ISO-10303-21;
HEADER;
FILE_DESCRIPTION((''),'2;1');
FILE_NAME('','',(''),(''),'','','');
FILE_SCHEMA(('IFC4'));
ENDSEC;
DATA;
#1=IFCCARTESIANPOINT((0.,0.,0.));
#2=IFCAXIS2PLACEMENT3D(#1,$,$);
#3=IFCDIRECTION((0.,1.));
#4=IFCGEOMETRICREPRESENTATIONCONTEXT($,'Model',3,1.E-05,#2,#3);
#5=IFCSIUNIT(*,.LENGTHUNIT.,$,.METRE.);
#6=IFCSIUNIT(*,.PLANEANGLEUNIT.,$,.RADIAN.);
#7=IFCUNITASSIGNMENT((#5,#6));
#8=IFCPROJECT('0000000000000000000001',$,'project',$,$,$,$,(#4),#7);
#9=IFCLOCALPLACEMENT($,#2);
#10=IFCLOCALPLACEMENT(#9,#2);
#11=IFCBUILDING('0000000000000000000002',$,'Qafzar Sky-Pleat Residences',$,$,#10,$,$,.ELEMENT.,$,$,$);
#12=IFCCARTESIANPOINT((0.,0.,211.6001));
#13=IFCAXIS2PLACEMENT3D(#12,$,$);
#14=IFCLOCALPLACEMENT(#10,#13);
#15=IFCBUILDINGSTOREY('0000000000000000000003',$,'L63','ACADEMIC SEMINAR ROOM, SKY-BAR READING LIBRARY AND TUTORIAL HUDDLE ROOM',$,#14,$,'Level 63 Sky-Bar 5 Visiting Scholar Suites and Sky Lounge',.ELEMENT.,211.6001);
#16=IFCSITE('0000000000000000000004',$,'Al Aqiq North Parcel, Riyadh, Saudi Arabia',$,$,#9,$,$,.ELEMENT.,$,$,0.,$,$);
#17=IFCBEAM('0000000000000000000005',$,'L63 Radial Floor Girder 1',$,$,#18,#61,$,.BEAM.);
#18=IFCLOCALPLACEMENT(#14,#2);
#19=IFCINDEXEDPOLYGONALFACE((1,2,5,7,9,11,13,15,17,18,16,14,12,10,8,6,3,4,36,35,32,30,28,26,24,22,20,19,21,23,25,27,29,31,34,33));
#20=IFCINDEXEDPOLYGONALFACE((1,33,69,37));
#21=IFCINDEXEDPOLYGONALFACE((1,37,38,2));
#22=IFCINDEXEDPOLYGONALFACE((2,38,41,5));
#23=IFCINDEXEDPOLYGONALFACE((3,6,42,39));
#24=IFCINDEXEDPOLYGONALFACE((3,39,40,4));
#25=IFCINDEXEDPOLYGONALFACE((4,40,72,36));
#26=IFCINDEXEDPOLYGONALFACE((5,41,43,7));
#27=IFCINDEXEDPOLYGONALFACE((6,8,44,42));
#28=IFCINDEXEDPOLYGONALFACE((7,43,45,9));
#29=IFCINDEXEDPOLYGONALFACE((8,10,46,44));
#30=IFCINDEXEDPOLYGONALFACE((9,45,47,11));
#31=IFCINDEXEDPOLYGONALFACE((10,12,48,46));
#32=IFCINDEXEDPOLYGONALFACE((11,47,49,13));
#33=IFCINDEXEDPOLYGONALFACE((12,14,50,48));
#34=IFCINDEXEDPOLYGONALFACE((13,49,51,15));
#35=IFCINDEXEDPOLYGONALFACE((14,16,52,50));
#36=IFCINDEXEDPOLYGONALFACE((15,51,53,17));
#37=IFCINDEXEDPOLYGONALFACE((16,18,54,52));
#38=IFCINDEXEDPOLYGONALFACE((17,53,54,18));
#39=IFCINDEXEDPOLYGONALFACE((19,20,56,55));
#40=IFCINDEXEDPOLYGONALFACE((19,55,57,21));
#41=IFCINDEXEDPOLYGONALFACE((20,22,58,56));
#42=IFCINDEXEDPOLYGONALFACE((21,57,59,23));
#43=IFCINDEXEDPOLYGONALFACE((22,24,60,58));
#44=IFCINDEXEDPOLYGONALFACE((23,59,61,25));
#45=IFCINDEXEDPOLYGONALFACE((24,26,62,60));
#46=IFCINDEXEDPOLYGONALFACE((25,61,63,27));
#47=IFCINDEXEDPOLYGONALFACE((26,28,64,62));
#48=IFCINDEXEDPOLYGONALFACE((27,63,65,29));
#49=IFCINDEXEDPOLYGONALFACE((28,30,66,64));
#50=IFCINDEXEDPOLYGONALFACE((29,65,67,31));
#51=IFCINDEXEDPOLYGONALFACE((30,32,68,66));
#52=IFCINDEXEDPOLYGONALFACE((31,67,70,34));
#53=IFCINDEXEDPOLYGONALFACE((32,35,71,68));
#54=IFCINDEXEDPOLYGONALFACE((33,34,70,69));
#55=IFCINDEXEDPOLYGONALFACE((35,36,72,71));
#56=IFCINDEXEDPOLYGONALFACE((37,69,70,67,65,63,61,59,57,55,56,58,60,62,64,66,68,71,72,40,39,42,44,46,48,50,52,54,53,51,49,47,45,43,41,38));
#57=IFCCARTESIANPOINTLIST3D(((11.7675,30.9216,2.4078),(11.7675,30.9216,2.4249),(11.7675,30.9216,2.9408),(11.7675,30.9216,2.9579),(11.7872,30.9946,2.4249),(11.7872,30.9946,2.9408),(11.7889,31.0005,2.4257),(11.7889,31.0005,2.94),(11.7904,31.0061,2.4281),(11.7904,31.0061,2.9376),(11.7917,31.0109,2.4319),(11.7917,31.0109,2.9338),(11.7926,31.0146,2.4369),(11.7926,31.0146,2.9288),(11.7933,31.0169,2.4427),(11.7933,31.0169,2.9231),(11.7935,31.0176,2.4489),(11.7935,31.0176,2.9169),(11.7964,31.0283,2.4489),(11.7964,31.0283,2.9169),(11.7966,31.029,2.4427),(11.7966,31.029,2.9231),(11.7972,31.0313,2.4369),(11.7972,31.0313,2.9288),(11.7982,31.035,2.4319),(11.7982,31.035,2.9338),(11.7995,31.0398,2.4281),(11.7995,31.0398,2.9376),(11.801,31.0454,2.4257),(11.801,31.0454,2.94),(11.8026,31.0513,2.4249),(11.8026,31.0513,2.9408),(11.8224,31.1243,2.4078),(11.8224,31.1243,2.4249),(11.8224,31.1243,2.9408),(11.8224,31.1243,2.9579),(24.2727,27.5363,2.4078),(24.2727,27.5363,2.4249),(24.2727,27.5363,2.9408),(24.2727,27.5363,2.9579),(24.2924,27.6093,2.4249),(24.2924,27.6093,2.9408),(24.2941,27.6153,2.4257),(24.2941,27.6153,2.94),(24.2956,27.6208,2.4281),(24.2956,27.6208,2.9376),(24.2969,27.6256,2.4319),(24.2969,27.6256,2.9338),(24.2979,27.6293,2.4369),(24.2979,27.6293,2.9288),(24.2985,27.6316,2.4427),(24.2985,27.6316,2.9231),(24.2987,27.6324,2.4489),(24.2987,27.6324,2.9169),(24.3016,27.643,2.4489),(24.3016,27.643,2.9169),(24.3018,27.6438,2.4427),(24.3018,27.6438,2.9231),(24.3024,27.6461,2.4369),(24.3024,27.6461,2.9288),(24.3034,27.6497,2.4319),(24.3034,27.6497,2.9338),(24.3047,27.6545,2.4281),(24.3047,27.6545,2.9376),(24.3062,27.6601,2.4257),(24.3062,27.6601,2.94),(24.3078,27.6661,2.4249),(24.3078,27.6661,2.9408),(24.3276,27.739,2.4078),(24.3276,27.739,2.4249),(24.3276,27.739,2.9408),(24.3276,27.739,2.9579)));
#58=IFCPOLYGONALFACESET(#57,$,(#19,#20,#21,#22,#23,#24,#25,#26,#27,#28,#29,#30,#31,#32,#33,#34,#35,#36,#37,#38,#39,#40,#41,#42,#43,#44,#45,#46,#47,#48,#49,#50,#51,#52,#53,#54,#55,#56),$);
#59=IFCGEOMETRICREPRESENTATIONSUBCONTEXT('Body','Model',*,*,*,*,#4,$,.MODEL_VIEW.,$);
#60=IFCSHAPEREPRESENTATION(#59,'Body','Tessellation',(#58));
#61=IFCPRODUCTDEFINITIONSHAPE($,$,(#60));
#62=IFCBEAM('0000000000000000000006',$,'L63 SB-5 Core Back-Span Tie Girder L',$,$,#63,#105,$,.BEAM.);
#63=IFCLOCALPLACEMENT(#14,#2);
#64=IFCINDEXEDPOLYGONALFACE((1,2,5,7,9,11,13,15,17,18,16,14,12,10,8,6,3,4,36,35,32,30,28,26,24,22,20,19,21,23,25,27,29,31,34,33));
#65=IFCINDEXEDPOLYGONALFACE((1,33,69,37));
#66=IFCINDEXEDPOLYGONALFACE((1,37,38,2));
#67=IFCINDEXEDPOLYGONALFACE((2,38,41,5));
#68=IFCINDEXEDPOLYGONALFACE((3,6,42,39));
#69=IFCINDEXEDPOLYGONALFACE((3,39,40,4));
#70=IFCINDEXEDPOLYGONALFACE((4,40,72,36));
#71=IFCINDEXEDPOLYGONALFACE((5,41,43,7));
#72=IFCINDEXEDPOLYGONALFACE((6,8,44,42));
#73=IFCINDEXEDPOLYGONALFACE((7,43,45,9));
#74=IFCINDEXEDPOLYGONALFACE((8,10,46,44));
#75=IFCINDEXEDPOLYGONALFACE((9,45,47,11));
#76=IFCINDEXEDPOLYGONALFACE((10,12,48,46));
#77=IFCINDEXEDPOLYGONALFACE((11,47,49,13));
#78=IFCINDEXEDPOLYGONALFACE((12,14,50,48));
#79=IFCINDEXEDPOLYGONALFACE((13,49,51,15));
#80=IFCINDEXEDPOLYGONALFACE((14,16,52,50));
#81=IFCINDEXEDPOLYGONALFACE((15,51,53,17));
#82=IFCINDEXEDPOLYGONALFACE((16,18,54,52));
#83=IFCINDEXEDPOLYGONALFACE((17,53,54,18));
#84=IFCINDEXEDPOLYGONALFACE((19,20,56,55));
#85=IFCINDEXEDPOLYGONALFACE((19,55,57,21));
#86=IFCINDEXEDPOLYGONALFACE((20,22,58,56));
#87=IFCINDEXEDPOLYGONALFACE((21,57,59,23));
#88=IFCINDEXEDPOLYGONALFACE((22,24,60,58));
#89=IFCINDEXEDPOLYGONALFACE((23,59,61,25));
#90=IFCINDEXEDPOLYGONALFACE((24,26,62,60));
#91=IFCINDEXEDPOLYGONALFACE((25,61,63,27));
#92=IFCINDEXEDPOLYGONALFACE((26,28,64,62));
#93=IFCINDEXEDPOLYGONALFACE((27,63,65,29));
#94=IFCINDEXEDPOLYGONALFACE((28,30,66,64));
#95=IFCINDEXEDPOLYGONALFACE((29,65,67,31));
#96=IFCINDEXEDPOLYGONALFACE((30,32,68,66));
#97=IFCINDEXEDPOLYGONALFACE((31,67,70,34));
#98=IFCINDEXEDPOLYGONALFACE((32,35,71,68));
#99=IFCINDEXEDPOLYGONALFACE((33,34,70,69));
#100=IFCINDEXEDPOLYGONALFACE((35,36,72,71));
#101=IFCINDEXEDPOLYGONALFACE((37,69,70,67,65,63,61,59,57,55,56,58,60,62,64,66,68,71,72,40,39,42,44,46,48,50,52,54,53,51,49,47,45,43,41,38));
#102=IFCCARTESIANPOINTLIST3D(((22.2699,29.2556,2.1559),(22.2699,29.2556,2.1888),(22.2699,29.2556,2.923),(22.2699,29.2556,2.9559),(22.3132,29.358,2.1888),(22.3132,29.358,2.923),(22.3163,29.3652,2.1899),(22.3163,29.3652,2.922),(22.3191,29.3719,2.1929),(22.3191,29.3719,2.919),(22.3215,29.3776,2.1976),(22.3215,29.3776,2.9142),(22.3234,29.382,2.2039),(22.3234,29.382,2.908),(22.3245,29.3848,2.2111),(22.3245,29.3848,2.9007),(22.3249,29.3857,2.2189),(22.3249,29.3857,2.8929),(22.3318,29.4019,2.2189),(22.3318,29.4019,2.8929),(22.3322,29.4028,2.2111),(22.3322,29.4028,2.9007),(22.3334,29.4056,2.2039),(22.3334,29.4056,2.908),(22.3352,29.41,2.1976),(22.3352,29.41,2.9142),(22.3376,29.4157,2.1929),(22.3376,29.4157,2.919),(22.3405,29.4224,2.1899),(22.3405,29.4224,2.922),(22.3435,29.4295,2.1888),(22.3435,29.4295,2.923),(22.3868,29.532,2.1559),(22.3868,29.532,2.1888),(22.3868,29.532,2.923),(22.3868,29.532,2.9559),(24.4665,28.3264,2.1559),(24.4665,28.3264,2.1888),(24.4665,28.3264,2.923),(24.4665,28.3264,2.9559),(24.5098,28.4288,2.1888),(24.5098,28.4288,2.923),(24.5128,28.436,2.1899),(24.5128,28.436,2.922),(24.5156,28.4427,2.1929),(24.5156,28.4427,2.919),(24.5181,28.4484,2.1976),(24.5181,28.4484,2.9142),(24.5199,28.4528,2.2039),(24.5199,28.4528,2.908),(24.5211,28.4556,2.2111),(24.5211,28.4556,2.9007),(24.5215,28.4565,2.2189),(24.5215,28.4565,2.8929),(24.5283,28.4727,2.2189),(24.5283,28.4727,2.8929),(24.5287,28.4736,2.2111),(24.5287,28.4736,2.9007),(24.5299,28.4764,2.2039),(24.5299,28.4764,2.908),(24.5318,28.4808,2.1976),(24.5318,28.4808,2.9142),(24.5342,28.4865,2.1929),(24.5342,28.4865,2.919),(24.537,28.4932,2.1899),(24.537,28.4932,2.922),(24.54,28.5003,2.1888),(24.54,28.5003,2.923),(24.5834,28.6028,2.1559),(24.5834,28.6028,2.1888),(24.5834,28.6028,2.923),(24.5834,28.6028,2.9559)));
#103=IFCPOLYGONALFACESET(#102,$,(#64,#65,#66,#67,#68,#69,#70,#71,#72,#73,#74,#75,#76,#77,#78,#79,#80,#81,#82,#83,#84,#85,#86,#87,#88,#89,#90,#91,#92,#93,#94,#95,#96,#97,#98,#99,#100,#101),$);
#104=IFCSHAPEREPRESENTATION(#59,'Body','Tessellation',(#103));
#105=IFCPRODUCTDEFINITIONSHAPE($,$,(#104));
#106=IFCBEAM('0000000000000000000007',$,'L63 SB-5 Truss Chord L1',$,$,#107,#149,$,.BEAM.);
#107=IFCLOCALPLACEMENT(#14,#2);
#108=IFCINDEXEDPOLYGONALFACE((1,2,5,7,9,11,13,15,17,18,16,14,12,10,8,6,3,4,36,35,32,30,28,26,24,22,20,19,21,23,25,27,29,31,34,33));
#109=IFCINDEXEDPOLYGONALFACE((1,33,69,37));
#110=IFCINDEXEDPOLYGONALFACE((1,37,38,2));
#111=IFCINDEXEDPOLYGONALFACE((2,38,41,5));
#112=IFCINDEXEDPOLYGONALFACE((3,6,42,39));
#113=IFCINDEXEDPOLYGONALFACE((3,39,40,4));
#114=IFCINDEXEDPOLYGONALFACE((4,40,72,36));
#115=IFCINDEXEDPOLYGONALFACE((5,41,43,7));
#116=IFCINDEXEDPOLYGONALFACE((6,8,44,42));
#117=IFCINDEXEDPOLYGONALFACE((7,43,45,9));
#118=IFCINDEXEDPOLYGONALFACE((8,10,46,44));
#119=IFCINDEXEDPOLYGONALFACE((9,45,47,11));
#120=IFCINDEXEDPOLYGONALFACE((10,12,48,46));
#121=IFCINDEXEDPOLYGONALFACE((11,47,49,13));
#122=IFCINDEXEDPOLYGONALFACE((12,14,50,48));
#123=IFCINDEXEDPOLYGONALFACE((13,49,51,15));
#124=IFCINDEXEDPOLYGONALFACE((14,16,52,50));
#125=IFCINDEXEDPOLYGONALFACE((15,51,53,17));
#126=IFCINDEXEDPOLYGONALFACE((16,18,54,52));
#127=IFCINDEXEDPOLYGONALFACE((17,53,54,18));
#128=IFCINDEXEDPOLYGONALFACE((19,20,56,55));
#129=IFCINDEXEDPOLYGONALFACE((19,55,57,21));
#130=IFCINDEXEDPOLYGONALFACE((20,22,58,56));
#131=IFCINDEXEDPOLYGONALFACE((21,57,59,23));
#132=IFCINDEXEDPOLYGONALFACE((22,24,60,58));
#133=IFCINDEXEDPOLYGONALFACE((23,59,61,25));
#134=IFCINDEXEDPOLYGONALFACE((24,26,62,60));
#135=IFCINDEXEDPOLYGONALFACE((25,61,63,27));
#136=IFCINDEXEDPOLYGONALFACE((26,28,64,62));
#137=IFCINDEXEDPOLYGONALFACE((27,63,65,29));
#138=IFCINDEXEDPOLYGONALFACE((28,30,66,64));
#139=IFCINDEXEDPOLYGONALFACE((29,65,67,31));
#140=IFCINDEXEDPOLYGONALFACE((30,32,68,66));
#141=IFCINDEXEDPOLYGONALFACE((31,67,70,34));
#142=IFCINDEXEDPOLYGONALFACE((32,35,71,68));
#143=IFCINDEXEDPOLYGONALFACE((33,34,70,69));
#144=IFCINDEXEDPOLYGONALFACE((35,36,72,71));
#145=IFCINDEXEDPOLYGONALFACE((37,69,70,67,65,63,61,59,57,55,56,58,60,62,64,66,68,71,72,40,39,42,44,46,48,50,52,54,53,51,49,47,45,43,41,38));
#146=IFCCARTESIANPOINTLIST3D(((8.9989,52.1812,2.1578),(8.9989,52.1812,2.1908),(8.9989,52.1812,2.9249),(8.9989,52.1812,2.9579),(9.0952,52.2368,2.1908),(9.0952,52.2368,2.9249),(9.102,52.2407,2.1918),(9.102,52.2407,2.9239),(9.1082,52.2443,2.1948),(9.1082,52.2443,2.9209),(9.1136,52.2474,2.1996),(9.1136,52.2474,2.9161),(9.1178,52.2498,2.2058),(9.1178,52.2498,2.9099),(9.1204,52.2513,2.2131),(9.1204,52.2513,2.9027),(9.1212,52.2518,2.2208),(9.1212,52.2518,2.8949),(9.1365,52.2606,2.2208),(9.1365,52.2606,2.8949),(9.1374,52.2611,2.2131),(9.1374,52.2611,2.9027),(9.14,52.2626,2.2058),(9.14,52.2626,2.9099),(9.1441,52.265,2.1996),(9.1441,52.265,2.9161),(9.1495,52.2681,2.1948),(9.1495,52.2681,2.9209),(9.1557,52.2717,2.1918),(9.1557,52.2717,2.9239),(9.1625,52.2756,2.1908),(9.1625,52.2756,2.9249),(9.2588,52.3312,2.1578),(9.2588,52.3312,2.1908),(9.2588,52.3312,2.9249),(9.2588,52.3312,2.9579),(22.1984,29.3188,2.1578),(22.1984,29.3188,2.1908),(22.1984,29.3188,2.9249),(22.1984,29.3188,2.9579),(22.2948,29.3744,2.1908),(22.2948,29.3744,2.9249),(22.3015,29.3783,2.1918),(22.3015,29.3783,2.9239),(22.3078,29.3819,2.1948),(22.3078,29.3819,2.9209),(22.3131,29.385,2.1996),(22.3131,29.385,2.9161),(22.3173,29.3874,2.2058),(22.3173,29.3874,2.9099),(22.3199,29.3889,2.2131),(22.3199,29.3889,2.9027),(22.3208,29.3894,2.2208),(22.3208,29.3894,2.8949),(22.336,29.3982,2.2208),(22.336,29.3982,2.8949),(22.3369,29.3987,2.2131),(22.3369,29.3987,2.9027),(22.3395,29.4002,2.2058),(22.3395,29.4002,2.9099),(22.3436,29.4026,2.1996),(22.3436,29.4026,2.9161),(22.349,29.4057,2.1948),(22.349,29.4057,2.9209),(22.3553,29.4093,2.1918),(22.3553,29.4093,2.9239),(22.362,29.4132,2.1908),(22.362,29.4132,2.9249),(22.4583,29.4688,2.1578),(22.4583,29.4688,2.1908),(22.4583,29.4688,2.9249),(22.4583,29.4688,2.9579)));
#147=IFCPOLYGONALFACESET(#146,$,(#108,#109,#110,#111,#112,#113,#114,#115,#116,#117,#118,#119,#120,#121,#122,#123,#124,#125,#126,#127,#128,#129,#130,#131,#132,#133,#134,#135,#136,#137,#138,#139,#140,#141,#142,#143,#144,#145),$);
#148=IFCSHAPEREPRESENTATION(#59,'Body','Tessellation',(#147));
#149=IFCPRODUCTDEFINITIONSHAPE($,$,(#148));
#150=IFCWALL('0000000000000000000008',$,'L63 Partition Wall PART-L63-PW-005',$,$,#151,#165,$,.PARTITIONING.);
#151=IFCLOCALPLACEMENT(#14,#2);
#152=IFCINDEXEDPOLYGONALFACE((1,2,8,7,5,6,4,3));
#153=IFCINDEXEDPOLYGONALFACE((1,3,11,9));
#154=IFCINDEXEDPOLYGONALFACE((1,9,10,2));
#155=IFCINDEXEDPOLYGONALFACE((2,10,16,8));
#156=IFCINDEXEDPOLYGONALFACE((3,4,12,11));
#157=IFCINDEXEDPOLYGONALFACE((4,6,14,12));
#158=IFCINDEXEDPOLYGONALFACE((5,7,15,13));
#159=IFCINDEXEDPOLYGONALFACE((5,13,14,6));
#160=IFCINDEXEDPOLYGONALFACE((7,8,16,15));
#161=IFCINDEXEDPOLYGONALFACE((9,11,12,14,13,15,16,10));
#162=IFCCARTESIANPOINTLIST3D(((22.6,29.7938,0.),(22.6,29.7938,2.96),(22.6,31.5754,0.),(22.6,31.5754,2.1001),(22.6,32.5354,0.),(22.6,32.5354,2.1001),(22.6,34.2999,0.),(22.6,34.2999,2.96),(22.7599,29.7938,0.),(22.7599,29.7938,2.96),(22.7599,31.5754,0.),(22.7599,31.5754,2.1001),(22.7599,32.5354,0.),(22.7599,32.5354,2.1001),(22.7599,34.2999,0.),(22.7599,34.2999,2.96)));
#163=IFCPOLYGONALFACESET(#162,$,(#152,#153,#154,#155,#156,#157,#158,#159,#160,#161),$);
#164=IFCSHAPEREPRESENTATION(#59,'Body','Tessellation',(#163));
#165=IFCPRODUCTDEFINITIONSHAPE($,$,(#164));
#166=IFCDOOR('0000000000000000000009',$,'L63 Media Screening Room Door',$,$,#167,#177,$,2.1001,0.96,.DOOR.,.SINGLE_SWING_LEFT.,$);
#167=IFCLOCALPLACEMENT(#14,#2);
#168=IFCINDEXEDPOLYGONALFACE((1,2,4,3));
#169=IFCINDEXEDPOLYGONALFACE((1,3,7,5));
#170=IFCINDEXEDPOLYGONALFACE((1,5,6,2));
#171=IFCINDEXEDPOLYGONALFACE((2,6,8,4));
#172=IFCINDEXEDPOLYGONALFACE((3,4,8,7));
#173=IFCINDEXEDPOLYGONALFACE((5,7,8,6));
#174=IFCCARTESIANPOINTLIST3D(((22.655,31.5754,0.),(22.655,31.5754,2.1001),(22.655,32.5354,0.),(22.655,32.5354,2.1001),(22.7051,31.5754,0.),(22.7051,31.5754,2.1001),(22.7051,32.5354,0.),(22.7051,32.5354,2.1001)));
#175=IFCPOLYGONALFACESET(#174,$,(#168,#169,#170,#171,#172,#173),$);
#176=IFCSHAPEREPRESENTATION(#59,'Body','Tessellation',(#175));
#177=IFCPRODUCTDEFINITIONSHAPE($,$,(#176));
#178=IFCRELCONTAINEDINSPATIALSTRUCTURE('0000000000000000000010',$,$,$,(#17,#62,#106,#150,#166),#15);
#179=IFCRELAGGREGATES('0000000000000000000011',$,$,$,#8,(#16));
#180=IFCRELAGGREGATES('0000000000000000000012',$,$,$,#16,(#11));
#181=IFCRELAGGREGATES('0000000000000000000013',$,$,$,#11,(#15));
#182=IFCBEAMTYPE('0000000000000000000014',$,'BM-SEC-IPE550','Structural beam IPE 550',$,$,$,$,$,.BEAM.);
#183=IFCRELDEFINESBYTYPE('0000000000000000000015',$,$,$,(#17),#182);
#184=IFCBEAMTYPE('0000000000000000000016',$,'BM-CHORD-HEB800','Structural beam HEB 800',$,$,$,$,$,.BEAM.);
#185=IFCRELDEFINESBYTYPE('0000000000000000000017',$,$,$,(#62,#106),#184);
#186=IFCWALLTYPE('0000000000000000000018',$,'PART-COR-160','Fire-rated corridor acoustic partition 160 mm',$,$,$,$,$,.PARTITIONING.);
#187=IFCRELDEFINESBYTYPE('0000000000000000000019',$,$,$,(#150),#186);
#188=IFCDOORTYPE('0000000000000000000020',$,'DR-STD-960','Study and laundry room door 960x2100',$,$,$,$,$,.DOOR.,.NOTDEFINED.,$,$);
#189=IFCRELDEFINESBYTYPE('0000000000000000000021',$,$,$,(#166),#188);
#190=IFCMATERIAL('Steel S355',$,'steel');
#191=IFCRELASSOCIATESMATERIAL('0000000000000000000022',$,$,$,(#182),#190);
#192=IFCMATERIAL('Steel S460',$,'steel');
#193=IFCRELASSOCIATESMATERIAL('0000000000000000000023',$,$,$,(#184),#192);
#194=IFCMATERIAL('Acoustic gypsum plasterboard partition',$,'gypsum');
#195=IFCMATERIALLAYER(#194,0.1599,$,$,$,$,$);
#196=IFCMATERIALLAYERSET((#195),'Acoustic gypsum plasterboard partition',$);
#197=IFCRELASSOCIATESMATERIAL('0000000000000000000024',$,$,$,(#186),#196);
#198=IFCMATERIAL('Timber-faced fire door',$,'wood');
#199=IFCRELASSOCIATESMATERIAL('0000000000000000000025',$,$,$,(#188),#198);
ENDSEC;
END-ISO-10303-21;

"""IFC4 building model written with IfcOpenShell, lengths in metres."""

from ifc_helpers import new_model, si_unit, direction, frame, frame_2d, origin, origin_2d, place, context, subcontext, project, spatial, rectangle, i_section, extrude, source, transform, mapped, material, layer, layer_set, material_profile, profile_set, type_object, element, fill, save


model = new_model("IFC4")

# Units and contexts
model_context = context("Model", 3, precision=1e-05, world=origin(), true_north=direction((0.0, 1.0)))
body_context = subcontext(model_context, "Body", "Model", "MODEL_VIEW")
ifc_project = project(units=[si_unit("LENGTHUNIT", "METRE"), si_unit("PLANEANGLEUNIT", "RADIAN")], contexts=[model_context])

# Site, building, storey
site_placement = place(None, origin())
site = spatial("IfcSite", under=ifc_project, at=site_placement, Name="Al Aqiq North Parcel, Riyadh, Saudi Arabia", CompositionType="ELEMENT", RefElevation=0.0)
building_placement = place(site_placement, origin())
building = spatial("IfcBuilding", under=site, at=building_placement, Name="Qafzar Sky-Pleat Residences", CompositionType="ELEMENT")
storey_placement = place(building_placement, frame((0.0, 0.0, 211.6001)))
storey = spatial("IfcBuildingStorey", under=building, at=storey_placement, Name="L63", Description="ACADEMIC SEMINAR ROOM, SKY-BAR READING LIBRARY AND TUTORIAL HUDDLE ROOM", LongName="Level 63 Sky-Bar 5 Visiting Scholar Suites and Sky Lounge", CompositionType="ELEMENT", Elevation=211.6001)

# Shared definitions
ifc_material_1 = material(Name="Steel S355", Category="steel")

# Beams
ifc_material_profile_1 = material_profile(ifc_material_1, i_section(OverallWidth=0.21, OverallDepth=0.55, WebThickness=0.011, FlangeThickness=0.0171, FilletRadius=0.0239, at=origin_2d()), Name="IPE 550")
ifc_profile_set_1 = profile_set([ifc_material_profile_1], Name="Steel S355")
beam_type_1 = type_object("IfcBeamType", Name="BM-SEC-IPE550", Description="Structural beam IPE 550", PredefinedType="BEAM", material=ifc_profile_set_1)
shared_shape_1 = source(origin(), body_context, "Body", "SweptSolid", [
    extrude(i_section(OverallWidth=0.21, OverallDepth=0.55, WebThickness=0.011, FlangeThickness=0.0171, FilletRadius=0.0239, at=origin_2d()), origin(), (0.0, 0.0, 1.0), 12.9553),
])
beam_1_placement = place(storey_placement, frame((11.7949, 31.0229, 2.6829), z_axis=(0.965257, -0.261304, 0.0), x_axis=(0.261304, 0.965257, 0.0)))
element("IfcBeam", 1, at=beam_1_placement, inside=storey, type_object=beam_type_1, Name="L63 Radial Floor Girder 1", PredefinedType="BEAM", context=body_context, shape_type="MappedRepresentation", body=[
    mapped(shared_shape_1, transform((0.0, 0.0, 0.0), x_axis=(1.0, 0.0, 0.0), y_axis=(0.0, 1.0, 0.0), z_axis=(0.0, 0.0, 1.0), scale=1.0)),
])
ifc_material_2 = material(Name="Steel S460", Category="steel")
ifc_material_profile_2 = material_profile(ifc_material_2, i_section(OverallWidth=0.3, OverallDepth=0.8, WebThickness=0.0176, FlangeThickness=0.033, FilletRadius=0.03, at=origin_2d()), Name="HEB 800")
ifc_profile_set_2 = profile_set([ifc_material_profile_2], Name="Steel S460")
beam_type_2 = type_object("IfcBeamType", Name="BM-CHORD-HEB800", Description="Structural beam HEB 800", PredefinedType="BEAM", material=ifc_profile_set_2)
shared_shape_2 = source(origin(), body_context, "Body", "SweptSolid", [
    extrude(i_section(OverallWidth=0.3, OverallDepth=0.8, WebThickness=0.0176, FlangeThickness=0.033, FilletRadius=0.03, at=origin_2d()), origin(), (0.0, 0.0, 1.0), 2.385),
])
beam_2_placement = place(storey_placement, frame((22.3284, 29.3938, 2.5559), z_axis=(0.920983, -0.389603, 0.0), x_axis=(0.389603, 0.920983, 0.0)))
element("IfcBeam", 2, at=beam_2_placement, inside=storey, type_object=beam_type_2, Name="L63 SB-5 Core Back-Span Tie Girder L", PredefinedType="BEAM", context=body_context, shape_type="MappedRepresentation", body=[
    mapped(shared_shape_2, transform((0.0, 0.0, 0.0), x_axis=(1.0, 0.0, 0.0), y_axis=(0.0, 1.0, 0.0), z_axis=(0.0, 0.0, 1.0), scale=1.0)),
])
shared_shape_3 = source(origin(), body_context, "Body", "SweptSolid", [
    extrude(i_section(OverallWidth=0.3, OverallDepth=0.8, WebThickness=0.0176, FlangeThickness=0.033, FilletRadius=0.03, at=origin_2d()), origin(), (0.0, 0.0, 1.0), 26.3992),
])
beam_3_placement = place(storey_placement, frame((22.3284, 29.3938, 2.5579), z_axis=(-0.499997, 0.866027, 0.0), x_axis=(-0.866027, -0.499997, 0.0)))
element("IfcBeam", 3, at=beam_3_placement, inside=storey, type_object=beam_type_2, Name="L63 SB-5 Truss Chord L1", PredefinedType="BEAM", context=body_context, shape_type="MappedRepresentation", body=[
    mapped(shared_shape_3, transform((0.0, 0.0, 0.0), x_axis=(1.0, 0.0, 0.0), y_axis=(0.0, 1.0, 0.0), z_axis=(0.0, 0.0, 1.0), scale=1.0)),
])

# Wall, opening, door
ifc_material_3 = material(Name="Acoustic gypsum plasterboard partition", Category="gypsum")
ifc_layer_1 = layer(ifc_material_3, 0.1599)
ifc_layer_set_1 = layer_set([ifc_layer_1], Name="Acoustic gypsum plasterboard partition")
wall_type_1 = type_object("IfcWallType", Name="PART-COR-160", Description="Fire-rated corridor acoustic partition 160 mm", PredefinedType="PARTITIONING", material=ifc_layer_set_1)
wall_1_placement = place(storey_placement, frame((22.6799, 29.7939, 0.0), z_axis=(0.0, 0.0, 1.0), x_axis=(0.0, 1.0, 0.0)))
wall_1 = element("IfcWall", 4, at=wall_1_placement, inside=storey, type_object=wall_type_1, Name="L63 Partition Wall PART-L63-PW-005", PredefinedType="PARTITIONING", context=body_context, shape_type="SweptSolid", body=[
    extrude(rectangle(XDim=4.5061, YDim=0.1599, at=frame_2d((2.2529, 0.0))), origin(), (0.0, 0.0, 1.0), 2.96),
])
opening_1_placement = place(wall_1_placement, frame((1.7815, 0.0, 0.0)))
opening_1 = element("IfcOpeningElement", 5, at=opening_1_placement, cuts=wall_1, PredefinedType="OPENING", context=body_context, shape_type="SweptSolid", body=[
    extrude(rectangle(XDim=0.96, YDim=2.1001, at=frame_2d((0.48, 1.05))), frame((0.0, 0.0898, 0.0), z_axis=(0.0, -1.0, 0.0), x_axis=(1.0, 0.0, 0.0)), (0.0, 0.0, 1.0), 0.1799),
])
ifc_material_4 = material(Name="Timber-faced fire door", Category="wood")
door_type = type_object("IfcDoorType", Name="DR-STD-960", Description="Study and laundry room door 960x2100", OperationType="NOTDEFINED", PredefinedType="DOOR", material=ifc_material_4)
shared_shape_4 = source(origin(), body_context, "Body", "SweptSolid", [
    extrude(rectangle(XDim=0.96, YDim=2.1001, at=frame_2d((0.48, 1.05))), frame((0.0, 0.0249, 0.0), z_axis=(0.0, -1.0, 0.0), x_axis=(1.0, 0.0, 0.0)), (0.0, 0.0, 1.0), 0.05),
])
door_placement = place(opening_1_placement, origin())
door = element("IfcDoor", 6, at=door_placement, inside=storey, type_object=door_type, Name="L63 Media Screening Room Door", OperationType="SINGLE_SWING_LEFT", OverallHeight=2.1001, OverallWidth=0.96, PredefinedType="DOOR", context=body_context, shape_type="MappedRepresentation", body=[
    mapped(shared_shape_4, transform((0.0, 0.0, 0.0), x_axis=(1.0, 0.0, 0.0), y_axis=(0.0, 1.0, 0.0), z_axis=(0.0, 0.0, 1.0), scale=1.0)),
])
fill(opening_1, door)

save(model, "model.ifc")
